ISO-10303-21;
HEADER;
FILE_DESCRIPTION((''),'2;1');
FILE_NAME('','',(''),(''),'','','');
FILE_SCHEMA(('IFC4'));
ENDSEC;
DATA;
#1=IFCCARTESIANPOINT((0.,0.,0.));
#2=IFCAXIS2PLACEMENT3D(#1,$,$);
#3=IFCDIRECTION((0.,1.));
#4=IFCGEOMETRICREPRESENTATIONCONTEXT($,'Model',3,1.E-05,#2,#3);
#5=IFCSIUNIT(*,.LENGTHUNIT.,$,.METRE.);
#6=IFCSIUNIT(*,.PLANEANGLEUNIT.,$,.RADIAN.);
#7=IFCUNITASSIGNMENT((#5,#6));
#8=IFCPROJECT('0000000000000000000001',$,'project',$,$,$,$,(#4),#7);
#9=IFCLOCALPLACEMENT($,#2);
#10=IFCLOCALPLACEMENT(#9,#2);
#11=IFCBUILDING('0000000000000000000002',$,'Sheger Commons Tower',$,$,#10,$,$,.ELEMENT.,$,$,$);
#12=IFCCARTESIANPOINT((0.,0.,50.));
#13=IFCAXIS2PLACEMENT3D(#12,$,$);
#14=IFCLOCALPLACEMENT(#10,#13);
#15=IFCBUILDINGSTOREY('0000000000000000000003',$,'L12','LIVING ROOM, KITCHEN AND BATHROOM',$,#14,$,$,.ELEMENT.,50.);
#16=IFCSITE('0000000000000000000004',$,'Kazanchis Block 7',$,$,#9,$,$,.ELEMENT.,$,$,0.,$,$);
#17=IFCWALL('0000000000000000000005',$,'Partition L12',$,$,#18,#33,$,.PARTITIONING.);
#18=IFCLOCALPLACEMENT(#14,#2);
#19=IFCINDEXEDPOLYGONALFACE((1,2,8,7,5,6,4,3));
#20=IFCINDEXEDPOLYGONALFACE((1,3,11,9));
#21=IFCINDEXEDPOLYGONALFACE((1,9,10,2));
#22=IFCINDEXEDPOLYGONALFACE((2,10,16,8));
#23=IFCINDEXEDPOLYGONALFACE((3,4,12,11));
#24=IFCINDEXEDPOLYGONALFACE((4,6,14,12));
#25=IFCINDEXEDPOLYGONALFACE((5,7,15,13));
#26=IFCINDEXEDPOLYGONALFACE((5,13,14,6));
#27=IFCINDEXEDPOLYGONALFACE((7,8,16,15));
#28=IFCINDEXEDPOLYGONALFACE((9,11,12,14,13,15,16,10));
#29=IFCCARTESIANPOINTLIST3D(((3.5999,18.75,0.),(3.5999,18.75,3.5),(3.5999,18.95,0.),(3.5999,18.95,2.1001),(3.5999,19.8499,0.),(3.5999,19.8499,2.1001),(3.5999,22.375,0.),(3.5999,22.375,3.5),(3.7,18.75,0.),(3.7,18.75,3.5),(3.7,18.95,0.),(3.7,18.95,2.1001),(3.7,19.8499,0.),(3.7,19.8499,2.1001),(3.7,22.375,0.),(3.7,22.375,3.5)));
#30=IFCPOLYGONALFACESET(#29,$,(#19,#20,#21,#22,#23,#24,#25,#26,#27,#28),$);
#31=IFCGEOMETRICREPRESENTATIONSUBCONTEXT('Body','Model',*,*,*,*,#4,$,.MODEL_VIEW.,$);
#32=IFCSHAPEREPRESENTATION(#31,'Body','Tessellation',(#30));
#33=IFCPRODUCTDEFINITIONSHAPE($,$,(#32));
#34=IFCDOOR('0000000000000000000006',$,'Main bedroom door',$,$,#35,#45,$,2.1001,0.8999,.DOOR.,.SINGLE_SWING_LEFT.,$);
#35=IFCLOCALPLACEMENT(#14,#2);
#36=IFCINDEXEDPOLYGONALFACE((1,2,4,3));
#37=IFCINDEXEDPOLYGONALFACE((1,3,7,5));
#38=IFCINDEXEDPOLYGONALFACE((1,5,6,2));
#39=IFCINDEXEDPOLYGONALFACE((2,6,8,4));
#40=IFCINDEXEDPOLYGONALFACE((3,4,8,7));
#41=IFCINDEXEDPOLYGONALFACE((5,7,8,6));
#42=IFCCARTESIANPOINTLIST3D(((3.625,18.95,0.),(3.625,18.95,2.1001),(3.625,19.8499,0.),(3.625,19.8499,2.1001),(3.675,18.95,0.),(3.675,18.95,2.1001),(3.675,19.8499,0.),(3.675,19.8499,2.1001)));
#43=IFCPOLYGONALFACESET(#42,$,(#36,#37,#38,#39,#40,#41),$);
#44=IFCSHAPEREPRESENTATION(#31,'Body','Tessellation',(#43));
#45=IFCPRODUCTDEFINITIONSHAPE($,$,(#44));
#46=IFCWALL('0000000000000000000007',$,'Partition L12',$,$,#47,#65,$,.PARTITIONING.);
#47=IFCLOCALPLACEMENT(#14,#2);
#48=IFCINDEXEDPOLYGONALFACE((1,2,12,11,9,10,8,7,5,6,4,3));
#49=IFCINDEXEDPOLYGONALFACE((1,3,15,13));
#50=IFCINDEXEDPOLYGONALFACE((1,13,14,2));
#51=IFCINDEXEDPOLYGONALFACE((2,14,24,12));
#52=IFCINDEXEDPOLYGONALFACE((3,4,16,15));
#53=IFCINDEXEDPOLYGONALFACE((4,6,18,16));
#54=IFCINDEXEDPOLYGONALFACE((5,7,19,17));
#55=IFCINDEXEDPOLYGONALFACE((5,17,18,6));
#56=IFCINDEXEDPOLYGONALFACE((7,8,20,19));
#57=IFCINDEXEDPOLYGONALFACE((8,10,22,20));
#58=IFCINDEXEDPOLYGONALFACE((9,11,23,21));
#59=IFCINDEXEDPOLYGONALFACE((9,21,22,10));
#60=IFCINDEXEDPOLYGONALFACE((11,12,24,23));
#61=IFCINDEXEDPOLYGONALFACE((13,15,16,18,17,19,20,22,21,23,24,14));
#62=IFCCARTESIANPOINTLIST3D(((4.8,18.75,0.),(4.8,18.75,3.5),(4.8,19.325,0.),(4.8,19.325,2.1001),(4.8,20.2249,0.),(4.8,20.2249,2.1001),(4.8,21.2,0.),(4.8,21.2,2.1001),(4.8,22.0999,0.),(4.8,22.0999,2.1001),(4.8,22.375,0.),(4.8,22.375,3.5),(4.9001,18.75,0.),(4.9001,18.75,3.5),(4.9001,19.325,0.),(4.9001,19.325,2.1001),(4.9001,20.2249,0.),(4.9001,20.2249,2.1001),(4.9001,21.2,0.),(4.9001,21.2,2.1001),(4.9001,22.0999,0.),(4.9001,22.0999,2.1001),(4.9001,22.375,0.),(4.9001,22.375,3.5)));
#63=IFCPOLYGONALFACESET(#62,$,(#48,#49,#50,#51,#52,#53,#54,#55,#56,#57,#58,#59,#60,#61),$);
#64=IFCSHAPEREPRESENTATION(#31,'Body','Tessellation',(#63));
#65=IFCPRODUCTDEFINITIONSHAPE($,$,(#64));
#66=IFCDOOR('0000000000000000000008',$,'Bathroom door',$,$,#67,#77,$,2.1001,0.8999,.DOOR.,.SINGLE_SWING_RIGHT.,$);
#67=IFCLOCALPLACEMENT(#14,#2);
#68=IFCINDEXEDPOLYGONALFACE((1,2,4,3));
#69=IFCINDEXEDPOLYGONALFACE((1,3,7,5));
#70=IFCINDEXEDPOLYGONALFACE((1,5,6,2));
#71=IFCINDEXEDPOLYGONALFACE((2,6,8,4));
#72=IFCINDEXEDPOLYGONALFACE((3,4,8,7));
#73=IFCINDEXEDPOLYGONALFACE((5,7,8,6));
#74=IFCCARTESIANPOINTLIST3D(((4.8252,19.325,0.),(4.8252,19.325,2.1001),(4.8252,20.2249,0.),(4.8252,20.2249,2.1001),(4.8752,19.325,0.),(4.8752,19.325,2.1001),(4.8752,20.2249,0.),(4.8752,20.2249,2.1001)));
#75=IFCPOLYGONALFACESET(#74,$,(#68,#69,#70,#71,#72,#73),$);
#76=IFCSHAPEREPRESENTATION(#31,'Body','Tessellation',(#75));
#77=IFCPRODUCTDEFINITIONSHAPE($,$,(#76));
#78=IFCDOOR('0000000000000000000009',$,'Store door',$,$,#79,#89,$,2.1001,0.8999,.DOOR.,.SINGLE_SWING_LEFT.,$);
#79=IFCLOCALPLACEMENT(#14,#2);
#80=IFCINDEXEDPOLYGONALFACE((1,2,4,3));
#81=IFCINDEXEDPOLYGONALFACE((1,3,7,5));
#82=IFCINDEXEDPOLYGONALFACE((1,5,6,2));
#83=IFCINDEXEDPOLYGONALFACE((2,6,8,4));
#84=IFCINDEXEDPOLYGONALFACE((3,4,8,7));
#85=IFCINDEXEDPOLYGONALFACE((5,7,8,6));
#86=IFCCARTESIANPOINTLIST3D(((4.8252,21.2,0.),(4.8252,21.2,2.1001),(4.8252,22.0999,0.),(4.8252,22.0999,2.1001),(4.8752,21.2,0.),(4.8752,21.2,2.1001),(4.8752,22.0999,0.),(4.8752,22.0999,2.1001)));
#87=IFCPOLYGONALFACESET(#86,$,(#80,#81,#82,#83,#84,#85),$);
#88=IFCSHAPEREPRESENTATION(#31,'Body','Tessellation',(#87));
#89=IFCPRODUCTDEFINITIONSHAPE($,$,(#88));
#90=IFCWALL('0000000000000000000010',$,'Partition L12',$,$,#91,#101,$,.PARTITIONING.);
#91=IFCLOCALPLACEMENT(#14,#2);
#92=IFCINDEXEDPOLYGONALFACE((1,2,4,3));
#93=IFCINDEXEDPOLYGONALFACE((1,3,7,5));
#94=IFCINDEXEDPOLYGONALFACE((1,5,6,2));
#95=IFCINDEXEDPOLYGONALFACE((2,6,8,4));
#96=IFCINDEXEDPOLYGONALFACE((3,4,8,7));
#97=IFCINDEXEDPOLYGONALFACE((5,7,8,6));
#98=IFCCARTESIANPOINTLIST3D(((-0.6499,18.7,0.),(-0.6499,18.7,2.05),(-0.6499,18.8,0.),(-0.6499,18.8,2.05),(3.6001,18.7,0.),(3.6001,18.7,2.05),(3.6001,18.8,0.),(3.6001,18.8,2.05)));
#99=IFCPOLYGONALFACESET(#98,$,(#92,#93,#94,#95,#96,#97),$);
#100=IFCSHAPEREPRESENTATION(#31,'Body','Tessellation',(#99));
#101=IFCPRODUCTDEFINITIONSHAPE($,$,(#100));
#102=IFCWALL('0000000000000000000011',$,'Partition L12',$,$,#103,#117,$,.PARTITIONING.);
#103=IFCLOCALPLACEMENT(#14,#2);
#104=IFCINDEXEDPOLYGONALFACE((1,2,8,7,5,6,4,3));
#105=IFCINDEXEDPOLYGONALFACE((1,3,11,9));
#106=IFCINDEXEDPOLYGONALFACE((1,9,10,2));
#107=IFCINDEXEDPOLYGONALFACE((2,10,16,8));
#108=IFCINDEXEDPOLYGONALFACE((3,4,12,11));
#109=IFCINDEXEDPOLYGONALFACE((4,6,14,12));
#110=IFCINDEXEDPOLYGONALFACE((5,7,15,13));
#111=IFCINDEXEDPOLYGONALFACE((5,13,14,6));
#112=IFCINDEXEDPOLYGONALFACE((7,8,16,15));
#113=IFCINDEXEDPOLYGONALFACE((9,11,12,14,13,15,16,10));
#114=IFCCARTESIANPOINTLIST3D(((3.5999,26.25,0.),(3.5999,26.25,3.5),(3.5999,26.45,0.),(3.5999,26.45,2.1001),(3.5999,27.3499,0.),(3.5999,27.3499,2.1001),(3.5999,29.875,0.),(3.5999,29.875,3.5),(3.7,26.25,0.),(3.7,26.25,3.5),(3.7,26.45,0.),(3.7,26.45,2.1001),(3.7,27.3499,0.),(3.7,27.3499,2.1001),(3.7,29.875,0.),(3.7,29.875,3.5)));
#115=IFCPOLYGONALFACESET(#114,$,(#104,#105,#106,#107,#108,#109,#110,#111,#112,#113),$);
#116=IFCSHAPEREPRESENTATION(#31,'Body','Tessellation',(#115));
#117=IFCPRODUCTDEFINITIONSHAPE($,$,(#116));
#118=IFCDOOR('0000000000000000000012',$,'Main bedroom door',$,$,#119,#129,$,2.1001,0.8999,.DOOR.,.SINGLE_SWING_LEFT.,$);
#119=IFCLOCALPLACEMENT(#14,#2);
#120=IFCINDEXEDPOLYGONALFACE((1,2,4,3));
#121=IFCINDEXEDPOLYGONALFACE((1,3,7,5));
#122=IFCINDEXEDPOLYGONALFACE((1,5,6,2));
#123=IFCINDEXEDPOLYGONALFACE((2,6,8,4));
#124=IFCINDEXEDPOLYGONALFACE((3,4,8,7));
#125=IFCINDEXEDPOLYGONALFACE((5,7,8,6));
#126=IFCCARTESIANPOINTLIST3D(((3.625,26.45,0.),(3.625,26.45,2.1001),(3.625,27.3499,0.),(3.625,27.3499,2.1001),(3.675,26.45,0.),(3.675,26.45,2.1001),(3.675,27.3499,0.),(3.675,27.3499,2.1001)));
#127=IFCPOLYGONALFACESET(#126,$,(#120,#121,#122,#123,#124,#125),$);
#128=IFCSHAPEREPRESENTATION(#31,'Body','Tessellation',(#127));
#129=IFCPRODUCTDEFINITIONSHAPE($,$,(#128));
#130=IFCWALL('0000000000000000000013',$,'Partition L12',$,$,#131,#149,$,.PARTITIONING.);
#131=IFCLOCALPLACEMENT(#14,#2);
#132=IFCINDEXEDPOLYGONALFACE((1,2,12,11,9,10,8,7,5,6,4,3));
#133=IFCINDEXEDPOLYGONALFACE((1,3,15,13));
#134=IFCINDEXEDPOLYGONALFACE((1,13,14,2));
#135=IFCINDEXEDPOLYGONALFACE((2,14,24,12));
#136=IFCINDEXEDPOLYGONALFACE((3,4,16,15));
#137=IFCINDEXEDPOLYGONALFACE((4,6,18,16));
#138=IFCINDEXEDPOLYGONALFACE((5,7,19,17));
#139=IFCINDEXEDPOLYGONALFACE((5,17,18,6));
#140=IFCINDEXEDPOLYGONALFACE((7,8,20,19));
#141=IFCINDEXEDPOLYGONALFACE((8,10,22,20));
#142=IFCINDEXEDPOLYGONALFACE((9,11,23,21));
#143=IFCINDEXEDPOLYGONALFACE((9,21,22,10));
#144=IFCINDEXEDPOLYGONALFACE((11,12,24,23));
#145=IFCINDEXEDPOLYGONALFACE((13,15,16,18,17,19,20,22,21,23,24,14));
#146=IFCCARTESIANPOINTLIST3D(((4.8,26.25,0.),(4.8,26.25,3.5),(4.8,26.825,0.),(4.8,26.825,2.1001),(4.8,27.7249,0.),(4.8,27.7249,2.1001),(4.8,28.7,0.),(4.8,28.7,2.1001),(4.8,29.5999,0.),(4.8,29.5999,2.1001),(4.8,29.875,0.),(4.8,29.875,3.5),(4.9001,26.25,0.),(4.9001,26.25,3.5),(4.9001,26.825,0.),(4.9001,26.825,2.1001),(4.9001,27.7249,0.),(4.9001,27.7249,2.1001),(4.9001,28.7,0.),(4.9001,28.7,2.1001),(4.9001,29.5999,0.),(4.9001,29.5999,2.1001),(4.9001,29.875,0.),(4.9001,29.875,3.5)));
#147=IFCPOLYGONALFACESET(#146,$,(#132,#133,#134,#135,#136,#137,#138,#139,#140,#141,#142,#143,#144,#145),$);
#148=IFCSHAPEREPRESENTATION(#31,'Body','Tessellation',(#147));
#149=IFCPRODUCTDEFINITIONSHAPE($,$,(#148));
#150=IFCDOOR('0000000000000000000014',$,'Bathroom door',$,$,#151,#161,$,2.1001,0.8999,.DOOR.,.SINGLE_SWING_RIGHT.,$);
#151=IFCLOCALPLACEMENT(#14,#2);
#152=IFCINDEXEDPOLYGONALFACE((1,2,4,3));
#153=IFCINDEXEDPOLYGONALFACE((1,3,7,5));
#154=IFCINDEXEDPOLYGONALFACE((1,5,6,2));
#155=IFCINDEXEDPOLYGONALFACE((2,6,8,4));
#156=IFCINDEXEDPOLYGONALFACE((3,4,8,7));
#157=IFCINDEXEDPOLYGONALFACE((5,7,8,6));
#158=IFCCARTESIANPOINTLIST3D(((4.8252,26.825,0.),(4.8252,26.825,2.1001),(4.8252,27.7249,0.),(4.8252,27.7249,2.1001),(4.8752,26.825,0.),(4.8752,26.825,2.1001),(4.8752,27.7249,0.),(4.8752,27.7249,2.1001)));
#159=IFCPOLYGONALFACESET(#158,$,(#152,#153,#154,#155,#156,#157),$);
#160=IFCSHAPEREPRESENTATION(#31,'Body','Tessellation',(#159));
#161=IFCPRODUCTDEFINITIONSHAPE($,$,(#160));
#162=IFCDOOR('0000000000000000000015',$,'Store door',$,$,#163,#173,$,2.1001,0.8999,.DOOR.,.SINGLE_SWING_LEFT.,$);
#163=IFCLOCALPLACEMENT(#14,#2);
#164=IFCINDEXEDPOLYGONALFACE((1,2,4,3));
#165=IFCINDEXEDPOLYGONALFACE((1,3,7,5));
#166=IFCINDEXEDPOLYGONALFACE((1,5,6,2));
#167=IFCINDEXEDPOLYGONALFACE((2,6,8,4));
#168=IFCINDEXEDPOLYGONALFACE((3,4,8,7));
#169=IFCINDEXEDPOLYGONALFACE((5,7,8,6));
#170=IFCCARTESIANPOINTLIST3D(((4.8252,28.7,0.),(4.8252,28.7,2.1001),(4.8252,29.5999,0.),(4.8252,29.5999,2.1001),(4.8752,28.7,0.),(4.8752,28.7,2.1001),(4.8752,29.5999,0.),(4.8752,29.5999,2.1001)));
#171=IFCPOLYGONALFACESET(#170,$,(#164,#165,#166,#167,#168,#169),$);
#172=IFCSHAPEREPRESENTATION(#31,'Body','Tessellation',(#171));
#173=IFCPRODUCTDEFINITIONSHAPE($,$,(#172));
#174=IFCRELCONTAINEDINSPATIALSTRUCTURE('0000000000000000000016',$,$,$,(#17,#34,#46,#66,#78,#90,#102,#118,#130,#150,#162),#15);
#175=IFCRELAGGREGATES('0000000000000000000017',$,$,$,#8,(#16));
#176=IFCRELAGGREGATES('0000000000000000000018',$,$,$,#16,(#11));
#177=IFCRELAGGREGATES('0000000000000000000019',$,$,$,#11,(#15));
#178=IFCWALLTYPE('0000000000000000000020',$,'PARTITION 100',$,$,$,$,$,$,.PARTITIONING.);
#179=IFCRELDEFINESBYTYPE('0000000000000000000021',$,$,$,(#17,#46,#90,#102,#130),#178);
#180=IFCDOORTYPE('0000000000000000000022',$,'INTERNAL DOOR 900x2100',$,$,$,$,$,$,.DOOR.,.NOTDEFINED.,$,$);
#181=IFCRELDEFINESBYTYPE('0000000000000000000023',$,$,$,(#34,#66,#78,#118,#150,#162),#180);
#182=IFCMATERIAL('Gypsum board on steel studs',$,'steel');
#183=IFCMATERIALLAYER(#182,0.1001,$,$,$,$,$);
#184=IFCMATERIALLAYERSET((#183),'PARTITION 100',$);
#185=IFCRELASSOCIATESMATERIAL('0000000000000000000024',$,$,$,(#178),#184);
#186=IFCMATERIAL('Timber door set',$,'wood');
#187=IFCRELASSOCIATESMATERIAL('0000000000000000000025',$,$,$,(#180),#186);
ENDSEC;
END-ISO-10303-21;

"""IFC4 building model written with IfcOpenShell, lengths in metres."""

from ifc_helpers import new_model, si_unit, direction, frame, frame_2d, origin, place, context, subcontext, project, spatial, rectangle, extrude, material, layer, layer_set, type_object, element, fill, save


model = new_model("IFC4")

# Units and contexts
model_context = context("Model", 3, precision=1e-05, world=origin(), true_north=direction((0.0, 1.0)))
body_context = subcontext(model_context, "Body", "Model", "MODEL_VIEW")
ifc_project = project(units=[si_unit("LENGTHUNIT", "METRE"), si_unit("PLANEANGLEUNIT", "RADIAN")], contexts=[model_context])

# Site, building, storey
site_placement = place(None, origin())
site = spatial("IfcSite", under=ifc_project, at=site_placement, Name="Kazanchis Block 7", CompositionType="ELEMENT", RefElevation=0.0)
building_placement = place(site_placement, origin())
building = spatial("IfcBuilding", under=site, at=building_placement, Name="Sheger Commons Tower", CompositionType="ELEMENT")
storey_placement = place(building_placement, frame((0.0, 0.0, 50.0)))
storey = spatial("IfcBuildingStorey", under=building, at=storey_placement, Name="L12", Description="LIVING ROOM, KITCHEN AND BATHROOM", CompositionType="ELEMENT", Elevation=50.0)

# Wall, opening, door
ifc_material_1 = material(Name="Gypsum board on steel studs", Category="steel")
ifc_layer_1 = layer(ifc_material_1, 0.1001)
ifc_layer_set_1 = layer_set([ifc_layer_1], Name="PARTITION 100")
wall_type_1 = type_object("IfcWallType", Name="PARTITION 100", PredefinedType="PARTITIONING", material=ifc_layer_set_1)
wall_1_placement = place(storey_placement, frame((3.6499, 18.75, 0.0), z_axis=(0.0, 0.0, 1.0), x_axis=(0.0, 1.0, 0.0)))
wall_1 = element("IfcWall", 1, at=wall_1_placement, inside=storey, type_object=wall_type_1, Name="Partition L12", PredefinedType="PARTITIONING", context=body_context, shape_type="SweptSolid", body=[
    extrude(rectangle(XDim=3.625, YDim=0.1001, at=frame_2d((1.8125, 0.0))), origin(), (0.0, 0.0, 1.0), 3.5),
])
opening_1_placement = place(wall_1_placement, frame((0.2, 0.0, 0.0)))
opening_1 = element("IfcOpeningElement", 2, at=opening_1_placement, cuts=wall_1, PredefinedType="OPENING", context=body_context, shape_type="SweptSolid", body=[
    extrude(rectangle(XDim=0.8999, YDim=2.1001, at=frame_2d((0.45, 1.05))), frame((0.0, 0.0601, 0.0), z_axis=(0.0, -1.0, 0.0), x_axis=(1.0, 0.0, 0.0)), (0.0, 0.0, 1.0), 0.1201),
])
ifc_material_2 = material(Name="Timber door set", Category="wood")
door_type = type_object("IfcDoorType", Name="INTERNAL DOOR 900x2100", OperationType="NOTDEFINED", PredefinedType="DOOR", material=ifc_material_2)
door_1_placement = place(opening_1_placement, origin())
door_1 = element("IfcDoor", 3, at=door_1_placement, inside=storey, type_object=door_type, Name="Main bedroom door", OperationType="SINGLE_SWING_LEFT", OverallHeight=2.1001, OverallWidth=0.8999, PredefinedType="DOOR", context=body_context, shape_type="SweptSolid", body=[
    extrude(rectangle(XDim=0.8999, YDim=2.1001, at=frame_2d((0.45, 1.05))), frame((0.0, 0.0249, 0.0), z_axis=(0.0, -1.0, 0.0), x_axis=(1.0, 0.0, 0.0)), (0.0, 0.0, 1.0), 0.05),
])
fill(opening_1, door_1)

# Wall, openings, doors
wall_2_placement = place(storey_placement, frame((4.8501, 18.75, 0.0), z_axis=(0.0, 0.0, 1.0), x_axis=(0.0, 1.0, 0.0)))
wall_2 = element("IfcWall", 4, at=wall_2_placement, inside=storey, type_object=wall_type_1, Name="Partition L12", PredefinedType="PARTITIONING", context=body_context, shape_type="SweptSolid", body=[
    extrude(rectangle(XDim=3.625, YDim=0.1001, at=frame_2d((1.8125, 0.0))), origin(), (0.0, 0.0, 1.0), 3.5),
])
opening_2_placement = place(wall_2_placement, frame((0.575, 0.0, 0.0)))
opening_2 = element("IfcOpeningElement", 5, at=opening_2_placement, cuts=wall_2, PredefinedType="OPENING", context=body_context, shape_type="SweptSolid", body=[
    extrude(rectangle(XDim=0.8999, YDim=2.1001, at=frame_2d((0.45, 1.05))), frame((0.0, 0.0601, 0.0), z_axis=(0.0, -1.0, 0.0), x_axis=(1.0, 0.0, 0.0)), (0.0, 0.0, 1.0), 0.1201),
])
opening_3_placement = place(wall_2_placement, frame((2.45, 0.0, 0.0)))
opening_3 = element("IfcOpeningElement", 6, at=opening_3_placement, cuts=wall_2, PredefinedType="OPENING", context=body_context, shape_type="SweptSolid", body=[
    extrude(rectangle(XDim=0.8999, YDim=2.1001, at=frame_2d((0.45, 1.05))), frame((0.0, 0.0601, 0.0), z_axis=(0.0, -1.0, 0.0), x_axis=(1.0, 0.0, 0.0)), (0.0, 0.0, 1.0), 0.1201),
])
door_2_placement = place(opening_2_placement, origin())
door_2 = element("IfcDoor", 7, at=door_2_placement, inside=storey, type_object=door_type, Name="Bathroom door", OperationType="SINGLE_SWING_RIGHT", OverallHeight=2.1001, OverallWidth=0.8999, PredefinedType="DOOR", context=body_context, shape_type="SweptSolid", body=[
    extrude(rectangle(XDim=0.8999, YDim=2.1001, at=frame_2d((0.45, 1.05))), frame((0.0, 0.0249, 0.0), z_axis=(0.0, -1.0, 0.0), x_axis=(1.0, 0.0, 0.0)), (0.0, 0.0, 1.0), 0.05),
])
fill(opening_2, door_2)
door_3_placement = place(opening_3_placement, origin())
door_3 = element("IfcDoor", 8, at=door_3_placement, inside=storey, type_object=door_type, Name="Store door", OperationType="SINGLE_SWING_LEFT", OverallHeight=2.1001, OverallWidth=0.8999, PredefinedType="DOOR", context=body_context, shape_type="SweptSolid", body=[
    extrude(rectangle(XDim=0.8999, YDim=2.1001, at=frame_2d((0.45, 1.05))), frame((0.0, 0.0249, 0.0), z_axis=(0.0, -1.0, 0.0), x_axis=(1.0, 0.0, 0.0)), (0.0, 0.0, 1.0), 0.05),
])
fill(opening_3, door_3)

# Wall
wall_3_placement = place(storey_placement, frame((-0.6499, 18.75, 0.0), z_axis=(0.0, 0.0, 1.0), x_axis=(1.0, 0.0, 0.0)))
element("IfcWall", 9, at=wall_3_placement, inside=storey, type_object=wall_type_1, Name="Partition L12", PredefinedType="PARTITIONING", context=body_context, shape_type="SweptSolid", body=[
    extrude(rectangle(XDim=4.25, YDim=0.1001, at=frame_2d((2.125, 0.0))), origin(), (0.0, 0.0, 1.0), 2.05),
])

# Wall, opening, door
wall_4_placement = place(storey_placement, frame((3.6499, 26.25, 0.0), z_axis=(0.0, 0.0, 1.0), x_axis=(0.0, 1.0, 0.0)))
wall_4 = element("IfcWall", 10, at=wall_4_placement, inside=storey, type_object=wall_type_1, Name="Partition L12", PredefinedType="PARTITIONING", context=body_context, shape_type="SweptSolid", body=[
    extrude(rectangle(XDim=3.625, YDim=0.1001, at=frame_2d((1.8125, 0.0))), origin(), (0.0, 0.0, 1.0), 3.5),
])
opening_4_placement = place(wall_4_placement, frame((0.2, 0.0, 0.0)))
opening_4 = element("IfcOpeningElement", 11, at=opening_4_placement, cuts=wall_4, PredefinedType="OPENING", context=body_context, shape_type="SweptSolid", body=[
    extrude(rectangle(XDim=0.8999, YDim=2.1001, at=frame_2d((0.45, 1.05))), frame((0.0, 0.0601, 0.0), z_axis=(0.0, -1.0, 0.0), x_axis=(1.0, 0.0, 0.0)), (0.0, 0.0, 1.0), 0.1201),
])
door_4_placement = place(opening_4_placement, origin())
door_4 = element("IfcDoor", 12, at=door_4_placement, inside=storey, type_object=door_type, Name="Main bedroom door", OperationType="SINGLE_SWING_LEFT", OverallHeight=2.1001, OverallWidth=0.8999, PredefinedType="DOOR", context=body_context, shape_type="SweptSolid", body=[
    extrude(rectangle(XDim=0.8999, YDim=2.1001, at=frame_2d((0.45, 1.05))), frame((0.0, 0.0249, 0.0), z_axis=(0.0, -1.0, 0.0), x_axis=(1.0, 0.0, 0.0)), (0.0, 0.0, 1.0), 0.05),
])
fill(opening_4, door_4)

# Wall, openings, doors
wall_5_placement = place(storey_placement, frame((4.8501, 26.25, 0.0), z_axis=(0.0, 0.0, 1.0), x_axis=(0.0, 1.0, 0.0)))
wall_5 = element("IfcWall", 13, at=wall_5_placement, inside=storey, type_object=wall_type_1, Name="Partition L12", PredefinedType="PARTITIONING", context=body_context, shape_type="SweptSolid", body=[
    extrude(rectangle(XDim=3.625, YDim=0.1001, at=frame_2d((1.8125, 0.0))), origin(), (0.0, 0.0, 1.0), 3.5),
])
opening_5_placement = place(wall_5_placement, frame((0.575, 0.0, 0.0)))
opening_5 = element("IfcOpeningElement", 14, at=opening_5_placement, cuts=wall_5, PredefinedType="OPENING", context=body_context, shape_type="SweptSolid", body=[
    extrude(rectangle(XDim=0.8999, YDim=2.1001, at=frame_2d((0.45, 1.05))), frame((0.0, 0.0601, 0.0), z_axis=(0.0, -1.0, 0.0), x_axis=(1.0, 0.0, 0.0)), (0.0, 0.0, 1.0), 0.1201),
])
opening_6_placement = place(wall_5_placement, frame((2.45, 0.0, 0.0)))
opening_6 = element("IfcOpeningElement", 15, at=opening_6_placement, cuts=wall_5, PredefinedType="OPENING", context=body_context, shape_type="SweptSolid", body=[
    extrude(rectangle(XDim=0.8999, YDim=2.1001, at=frame_2d((0.45, 1.05))), frame((0.0, 0.0601, 0.0), z_axis=(0.0, -1.0, 0.0), x_axis=(1.0, 0.0, 0.0)), (0.0, 0.0, 1.0), 0.1201),
])
door_5_placement = place(opening_5_placement, origin())
door_5 = element("IfcDoor", 16, at=door_5_placement, inside=storey, type_object=door_type, Name="Bathroom door", OperationType="SINGLE_SWING_RIGHT", OverallHeight=2.1001, OverallWidth=0.8999, PredefinedType="DOOR", context=body_context, shape_type="SweptSolid", body=[
    extrude(rectangle(XDim=0.8999, YDim=2.1001, at=frame_2d((0.45, 1.05))), frame((0.0, 0.0249, 0.0), z_axis=(0.0, -1.0, 0.0), x_axis=(1.0, 0.0, 0.0)), (0.0, 0.0, 1.0), 0.05),
])
fill(opening_5, door_5)
door_6_placement = place(opening_6_placement, origin())
door_6 = element("IfcDoor", 17, at=door_6_placement, inside=storey, type_object=door_type, Name="Store door", OperationType="SINGLE_SWING_LEFT", OverallHeight=2.1001, OverallWidth=0.8999, PredefinedType="DOOR", context=body_context, shape_type="SweptSolid", body=[
    extrude(rectangle(XDim=0.8999, YDim=2.1001, at=frame_2d((0.45, 1.05))), frame((0.0, 0.0249, 0.0), z_axis=(0.0, -1.0, 0.0), x_axis=(1.0, 0.0, 0.0)), (0.0, 0.0, 1.0), 0.05),
])
fill(opening_6, door_6)

save(model, "model.ifc")
